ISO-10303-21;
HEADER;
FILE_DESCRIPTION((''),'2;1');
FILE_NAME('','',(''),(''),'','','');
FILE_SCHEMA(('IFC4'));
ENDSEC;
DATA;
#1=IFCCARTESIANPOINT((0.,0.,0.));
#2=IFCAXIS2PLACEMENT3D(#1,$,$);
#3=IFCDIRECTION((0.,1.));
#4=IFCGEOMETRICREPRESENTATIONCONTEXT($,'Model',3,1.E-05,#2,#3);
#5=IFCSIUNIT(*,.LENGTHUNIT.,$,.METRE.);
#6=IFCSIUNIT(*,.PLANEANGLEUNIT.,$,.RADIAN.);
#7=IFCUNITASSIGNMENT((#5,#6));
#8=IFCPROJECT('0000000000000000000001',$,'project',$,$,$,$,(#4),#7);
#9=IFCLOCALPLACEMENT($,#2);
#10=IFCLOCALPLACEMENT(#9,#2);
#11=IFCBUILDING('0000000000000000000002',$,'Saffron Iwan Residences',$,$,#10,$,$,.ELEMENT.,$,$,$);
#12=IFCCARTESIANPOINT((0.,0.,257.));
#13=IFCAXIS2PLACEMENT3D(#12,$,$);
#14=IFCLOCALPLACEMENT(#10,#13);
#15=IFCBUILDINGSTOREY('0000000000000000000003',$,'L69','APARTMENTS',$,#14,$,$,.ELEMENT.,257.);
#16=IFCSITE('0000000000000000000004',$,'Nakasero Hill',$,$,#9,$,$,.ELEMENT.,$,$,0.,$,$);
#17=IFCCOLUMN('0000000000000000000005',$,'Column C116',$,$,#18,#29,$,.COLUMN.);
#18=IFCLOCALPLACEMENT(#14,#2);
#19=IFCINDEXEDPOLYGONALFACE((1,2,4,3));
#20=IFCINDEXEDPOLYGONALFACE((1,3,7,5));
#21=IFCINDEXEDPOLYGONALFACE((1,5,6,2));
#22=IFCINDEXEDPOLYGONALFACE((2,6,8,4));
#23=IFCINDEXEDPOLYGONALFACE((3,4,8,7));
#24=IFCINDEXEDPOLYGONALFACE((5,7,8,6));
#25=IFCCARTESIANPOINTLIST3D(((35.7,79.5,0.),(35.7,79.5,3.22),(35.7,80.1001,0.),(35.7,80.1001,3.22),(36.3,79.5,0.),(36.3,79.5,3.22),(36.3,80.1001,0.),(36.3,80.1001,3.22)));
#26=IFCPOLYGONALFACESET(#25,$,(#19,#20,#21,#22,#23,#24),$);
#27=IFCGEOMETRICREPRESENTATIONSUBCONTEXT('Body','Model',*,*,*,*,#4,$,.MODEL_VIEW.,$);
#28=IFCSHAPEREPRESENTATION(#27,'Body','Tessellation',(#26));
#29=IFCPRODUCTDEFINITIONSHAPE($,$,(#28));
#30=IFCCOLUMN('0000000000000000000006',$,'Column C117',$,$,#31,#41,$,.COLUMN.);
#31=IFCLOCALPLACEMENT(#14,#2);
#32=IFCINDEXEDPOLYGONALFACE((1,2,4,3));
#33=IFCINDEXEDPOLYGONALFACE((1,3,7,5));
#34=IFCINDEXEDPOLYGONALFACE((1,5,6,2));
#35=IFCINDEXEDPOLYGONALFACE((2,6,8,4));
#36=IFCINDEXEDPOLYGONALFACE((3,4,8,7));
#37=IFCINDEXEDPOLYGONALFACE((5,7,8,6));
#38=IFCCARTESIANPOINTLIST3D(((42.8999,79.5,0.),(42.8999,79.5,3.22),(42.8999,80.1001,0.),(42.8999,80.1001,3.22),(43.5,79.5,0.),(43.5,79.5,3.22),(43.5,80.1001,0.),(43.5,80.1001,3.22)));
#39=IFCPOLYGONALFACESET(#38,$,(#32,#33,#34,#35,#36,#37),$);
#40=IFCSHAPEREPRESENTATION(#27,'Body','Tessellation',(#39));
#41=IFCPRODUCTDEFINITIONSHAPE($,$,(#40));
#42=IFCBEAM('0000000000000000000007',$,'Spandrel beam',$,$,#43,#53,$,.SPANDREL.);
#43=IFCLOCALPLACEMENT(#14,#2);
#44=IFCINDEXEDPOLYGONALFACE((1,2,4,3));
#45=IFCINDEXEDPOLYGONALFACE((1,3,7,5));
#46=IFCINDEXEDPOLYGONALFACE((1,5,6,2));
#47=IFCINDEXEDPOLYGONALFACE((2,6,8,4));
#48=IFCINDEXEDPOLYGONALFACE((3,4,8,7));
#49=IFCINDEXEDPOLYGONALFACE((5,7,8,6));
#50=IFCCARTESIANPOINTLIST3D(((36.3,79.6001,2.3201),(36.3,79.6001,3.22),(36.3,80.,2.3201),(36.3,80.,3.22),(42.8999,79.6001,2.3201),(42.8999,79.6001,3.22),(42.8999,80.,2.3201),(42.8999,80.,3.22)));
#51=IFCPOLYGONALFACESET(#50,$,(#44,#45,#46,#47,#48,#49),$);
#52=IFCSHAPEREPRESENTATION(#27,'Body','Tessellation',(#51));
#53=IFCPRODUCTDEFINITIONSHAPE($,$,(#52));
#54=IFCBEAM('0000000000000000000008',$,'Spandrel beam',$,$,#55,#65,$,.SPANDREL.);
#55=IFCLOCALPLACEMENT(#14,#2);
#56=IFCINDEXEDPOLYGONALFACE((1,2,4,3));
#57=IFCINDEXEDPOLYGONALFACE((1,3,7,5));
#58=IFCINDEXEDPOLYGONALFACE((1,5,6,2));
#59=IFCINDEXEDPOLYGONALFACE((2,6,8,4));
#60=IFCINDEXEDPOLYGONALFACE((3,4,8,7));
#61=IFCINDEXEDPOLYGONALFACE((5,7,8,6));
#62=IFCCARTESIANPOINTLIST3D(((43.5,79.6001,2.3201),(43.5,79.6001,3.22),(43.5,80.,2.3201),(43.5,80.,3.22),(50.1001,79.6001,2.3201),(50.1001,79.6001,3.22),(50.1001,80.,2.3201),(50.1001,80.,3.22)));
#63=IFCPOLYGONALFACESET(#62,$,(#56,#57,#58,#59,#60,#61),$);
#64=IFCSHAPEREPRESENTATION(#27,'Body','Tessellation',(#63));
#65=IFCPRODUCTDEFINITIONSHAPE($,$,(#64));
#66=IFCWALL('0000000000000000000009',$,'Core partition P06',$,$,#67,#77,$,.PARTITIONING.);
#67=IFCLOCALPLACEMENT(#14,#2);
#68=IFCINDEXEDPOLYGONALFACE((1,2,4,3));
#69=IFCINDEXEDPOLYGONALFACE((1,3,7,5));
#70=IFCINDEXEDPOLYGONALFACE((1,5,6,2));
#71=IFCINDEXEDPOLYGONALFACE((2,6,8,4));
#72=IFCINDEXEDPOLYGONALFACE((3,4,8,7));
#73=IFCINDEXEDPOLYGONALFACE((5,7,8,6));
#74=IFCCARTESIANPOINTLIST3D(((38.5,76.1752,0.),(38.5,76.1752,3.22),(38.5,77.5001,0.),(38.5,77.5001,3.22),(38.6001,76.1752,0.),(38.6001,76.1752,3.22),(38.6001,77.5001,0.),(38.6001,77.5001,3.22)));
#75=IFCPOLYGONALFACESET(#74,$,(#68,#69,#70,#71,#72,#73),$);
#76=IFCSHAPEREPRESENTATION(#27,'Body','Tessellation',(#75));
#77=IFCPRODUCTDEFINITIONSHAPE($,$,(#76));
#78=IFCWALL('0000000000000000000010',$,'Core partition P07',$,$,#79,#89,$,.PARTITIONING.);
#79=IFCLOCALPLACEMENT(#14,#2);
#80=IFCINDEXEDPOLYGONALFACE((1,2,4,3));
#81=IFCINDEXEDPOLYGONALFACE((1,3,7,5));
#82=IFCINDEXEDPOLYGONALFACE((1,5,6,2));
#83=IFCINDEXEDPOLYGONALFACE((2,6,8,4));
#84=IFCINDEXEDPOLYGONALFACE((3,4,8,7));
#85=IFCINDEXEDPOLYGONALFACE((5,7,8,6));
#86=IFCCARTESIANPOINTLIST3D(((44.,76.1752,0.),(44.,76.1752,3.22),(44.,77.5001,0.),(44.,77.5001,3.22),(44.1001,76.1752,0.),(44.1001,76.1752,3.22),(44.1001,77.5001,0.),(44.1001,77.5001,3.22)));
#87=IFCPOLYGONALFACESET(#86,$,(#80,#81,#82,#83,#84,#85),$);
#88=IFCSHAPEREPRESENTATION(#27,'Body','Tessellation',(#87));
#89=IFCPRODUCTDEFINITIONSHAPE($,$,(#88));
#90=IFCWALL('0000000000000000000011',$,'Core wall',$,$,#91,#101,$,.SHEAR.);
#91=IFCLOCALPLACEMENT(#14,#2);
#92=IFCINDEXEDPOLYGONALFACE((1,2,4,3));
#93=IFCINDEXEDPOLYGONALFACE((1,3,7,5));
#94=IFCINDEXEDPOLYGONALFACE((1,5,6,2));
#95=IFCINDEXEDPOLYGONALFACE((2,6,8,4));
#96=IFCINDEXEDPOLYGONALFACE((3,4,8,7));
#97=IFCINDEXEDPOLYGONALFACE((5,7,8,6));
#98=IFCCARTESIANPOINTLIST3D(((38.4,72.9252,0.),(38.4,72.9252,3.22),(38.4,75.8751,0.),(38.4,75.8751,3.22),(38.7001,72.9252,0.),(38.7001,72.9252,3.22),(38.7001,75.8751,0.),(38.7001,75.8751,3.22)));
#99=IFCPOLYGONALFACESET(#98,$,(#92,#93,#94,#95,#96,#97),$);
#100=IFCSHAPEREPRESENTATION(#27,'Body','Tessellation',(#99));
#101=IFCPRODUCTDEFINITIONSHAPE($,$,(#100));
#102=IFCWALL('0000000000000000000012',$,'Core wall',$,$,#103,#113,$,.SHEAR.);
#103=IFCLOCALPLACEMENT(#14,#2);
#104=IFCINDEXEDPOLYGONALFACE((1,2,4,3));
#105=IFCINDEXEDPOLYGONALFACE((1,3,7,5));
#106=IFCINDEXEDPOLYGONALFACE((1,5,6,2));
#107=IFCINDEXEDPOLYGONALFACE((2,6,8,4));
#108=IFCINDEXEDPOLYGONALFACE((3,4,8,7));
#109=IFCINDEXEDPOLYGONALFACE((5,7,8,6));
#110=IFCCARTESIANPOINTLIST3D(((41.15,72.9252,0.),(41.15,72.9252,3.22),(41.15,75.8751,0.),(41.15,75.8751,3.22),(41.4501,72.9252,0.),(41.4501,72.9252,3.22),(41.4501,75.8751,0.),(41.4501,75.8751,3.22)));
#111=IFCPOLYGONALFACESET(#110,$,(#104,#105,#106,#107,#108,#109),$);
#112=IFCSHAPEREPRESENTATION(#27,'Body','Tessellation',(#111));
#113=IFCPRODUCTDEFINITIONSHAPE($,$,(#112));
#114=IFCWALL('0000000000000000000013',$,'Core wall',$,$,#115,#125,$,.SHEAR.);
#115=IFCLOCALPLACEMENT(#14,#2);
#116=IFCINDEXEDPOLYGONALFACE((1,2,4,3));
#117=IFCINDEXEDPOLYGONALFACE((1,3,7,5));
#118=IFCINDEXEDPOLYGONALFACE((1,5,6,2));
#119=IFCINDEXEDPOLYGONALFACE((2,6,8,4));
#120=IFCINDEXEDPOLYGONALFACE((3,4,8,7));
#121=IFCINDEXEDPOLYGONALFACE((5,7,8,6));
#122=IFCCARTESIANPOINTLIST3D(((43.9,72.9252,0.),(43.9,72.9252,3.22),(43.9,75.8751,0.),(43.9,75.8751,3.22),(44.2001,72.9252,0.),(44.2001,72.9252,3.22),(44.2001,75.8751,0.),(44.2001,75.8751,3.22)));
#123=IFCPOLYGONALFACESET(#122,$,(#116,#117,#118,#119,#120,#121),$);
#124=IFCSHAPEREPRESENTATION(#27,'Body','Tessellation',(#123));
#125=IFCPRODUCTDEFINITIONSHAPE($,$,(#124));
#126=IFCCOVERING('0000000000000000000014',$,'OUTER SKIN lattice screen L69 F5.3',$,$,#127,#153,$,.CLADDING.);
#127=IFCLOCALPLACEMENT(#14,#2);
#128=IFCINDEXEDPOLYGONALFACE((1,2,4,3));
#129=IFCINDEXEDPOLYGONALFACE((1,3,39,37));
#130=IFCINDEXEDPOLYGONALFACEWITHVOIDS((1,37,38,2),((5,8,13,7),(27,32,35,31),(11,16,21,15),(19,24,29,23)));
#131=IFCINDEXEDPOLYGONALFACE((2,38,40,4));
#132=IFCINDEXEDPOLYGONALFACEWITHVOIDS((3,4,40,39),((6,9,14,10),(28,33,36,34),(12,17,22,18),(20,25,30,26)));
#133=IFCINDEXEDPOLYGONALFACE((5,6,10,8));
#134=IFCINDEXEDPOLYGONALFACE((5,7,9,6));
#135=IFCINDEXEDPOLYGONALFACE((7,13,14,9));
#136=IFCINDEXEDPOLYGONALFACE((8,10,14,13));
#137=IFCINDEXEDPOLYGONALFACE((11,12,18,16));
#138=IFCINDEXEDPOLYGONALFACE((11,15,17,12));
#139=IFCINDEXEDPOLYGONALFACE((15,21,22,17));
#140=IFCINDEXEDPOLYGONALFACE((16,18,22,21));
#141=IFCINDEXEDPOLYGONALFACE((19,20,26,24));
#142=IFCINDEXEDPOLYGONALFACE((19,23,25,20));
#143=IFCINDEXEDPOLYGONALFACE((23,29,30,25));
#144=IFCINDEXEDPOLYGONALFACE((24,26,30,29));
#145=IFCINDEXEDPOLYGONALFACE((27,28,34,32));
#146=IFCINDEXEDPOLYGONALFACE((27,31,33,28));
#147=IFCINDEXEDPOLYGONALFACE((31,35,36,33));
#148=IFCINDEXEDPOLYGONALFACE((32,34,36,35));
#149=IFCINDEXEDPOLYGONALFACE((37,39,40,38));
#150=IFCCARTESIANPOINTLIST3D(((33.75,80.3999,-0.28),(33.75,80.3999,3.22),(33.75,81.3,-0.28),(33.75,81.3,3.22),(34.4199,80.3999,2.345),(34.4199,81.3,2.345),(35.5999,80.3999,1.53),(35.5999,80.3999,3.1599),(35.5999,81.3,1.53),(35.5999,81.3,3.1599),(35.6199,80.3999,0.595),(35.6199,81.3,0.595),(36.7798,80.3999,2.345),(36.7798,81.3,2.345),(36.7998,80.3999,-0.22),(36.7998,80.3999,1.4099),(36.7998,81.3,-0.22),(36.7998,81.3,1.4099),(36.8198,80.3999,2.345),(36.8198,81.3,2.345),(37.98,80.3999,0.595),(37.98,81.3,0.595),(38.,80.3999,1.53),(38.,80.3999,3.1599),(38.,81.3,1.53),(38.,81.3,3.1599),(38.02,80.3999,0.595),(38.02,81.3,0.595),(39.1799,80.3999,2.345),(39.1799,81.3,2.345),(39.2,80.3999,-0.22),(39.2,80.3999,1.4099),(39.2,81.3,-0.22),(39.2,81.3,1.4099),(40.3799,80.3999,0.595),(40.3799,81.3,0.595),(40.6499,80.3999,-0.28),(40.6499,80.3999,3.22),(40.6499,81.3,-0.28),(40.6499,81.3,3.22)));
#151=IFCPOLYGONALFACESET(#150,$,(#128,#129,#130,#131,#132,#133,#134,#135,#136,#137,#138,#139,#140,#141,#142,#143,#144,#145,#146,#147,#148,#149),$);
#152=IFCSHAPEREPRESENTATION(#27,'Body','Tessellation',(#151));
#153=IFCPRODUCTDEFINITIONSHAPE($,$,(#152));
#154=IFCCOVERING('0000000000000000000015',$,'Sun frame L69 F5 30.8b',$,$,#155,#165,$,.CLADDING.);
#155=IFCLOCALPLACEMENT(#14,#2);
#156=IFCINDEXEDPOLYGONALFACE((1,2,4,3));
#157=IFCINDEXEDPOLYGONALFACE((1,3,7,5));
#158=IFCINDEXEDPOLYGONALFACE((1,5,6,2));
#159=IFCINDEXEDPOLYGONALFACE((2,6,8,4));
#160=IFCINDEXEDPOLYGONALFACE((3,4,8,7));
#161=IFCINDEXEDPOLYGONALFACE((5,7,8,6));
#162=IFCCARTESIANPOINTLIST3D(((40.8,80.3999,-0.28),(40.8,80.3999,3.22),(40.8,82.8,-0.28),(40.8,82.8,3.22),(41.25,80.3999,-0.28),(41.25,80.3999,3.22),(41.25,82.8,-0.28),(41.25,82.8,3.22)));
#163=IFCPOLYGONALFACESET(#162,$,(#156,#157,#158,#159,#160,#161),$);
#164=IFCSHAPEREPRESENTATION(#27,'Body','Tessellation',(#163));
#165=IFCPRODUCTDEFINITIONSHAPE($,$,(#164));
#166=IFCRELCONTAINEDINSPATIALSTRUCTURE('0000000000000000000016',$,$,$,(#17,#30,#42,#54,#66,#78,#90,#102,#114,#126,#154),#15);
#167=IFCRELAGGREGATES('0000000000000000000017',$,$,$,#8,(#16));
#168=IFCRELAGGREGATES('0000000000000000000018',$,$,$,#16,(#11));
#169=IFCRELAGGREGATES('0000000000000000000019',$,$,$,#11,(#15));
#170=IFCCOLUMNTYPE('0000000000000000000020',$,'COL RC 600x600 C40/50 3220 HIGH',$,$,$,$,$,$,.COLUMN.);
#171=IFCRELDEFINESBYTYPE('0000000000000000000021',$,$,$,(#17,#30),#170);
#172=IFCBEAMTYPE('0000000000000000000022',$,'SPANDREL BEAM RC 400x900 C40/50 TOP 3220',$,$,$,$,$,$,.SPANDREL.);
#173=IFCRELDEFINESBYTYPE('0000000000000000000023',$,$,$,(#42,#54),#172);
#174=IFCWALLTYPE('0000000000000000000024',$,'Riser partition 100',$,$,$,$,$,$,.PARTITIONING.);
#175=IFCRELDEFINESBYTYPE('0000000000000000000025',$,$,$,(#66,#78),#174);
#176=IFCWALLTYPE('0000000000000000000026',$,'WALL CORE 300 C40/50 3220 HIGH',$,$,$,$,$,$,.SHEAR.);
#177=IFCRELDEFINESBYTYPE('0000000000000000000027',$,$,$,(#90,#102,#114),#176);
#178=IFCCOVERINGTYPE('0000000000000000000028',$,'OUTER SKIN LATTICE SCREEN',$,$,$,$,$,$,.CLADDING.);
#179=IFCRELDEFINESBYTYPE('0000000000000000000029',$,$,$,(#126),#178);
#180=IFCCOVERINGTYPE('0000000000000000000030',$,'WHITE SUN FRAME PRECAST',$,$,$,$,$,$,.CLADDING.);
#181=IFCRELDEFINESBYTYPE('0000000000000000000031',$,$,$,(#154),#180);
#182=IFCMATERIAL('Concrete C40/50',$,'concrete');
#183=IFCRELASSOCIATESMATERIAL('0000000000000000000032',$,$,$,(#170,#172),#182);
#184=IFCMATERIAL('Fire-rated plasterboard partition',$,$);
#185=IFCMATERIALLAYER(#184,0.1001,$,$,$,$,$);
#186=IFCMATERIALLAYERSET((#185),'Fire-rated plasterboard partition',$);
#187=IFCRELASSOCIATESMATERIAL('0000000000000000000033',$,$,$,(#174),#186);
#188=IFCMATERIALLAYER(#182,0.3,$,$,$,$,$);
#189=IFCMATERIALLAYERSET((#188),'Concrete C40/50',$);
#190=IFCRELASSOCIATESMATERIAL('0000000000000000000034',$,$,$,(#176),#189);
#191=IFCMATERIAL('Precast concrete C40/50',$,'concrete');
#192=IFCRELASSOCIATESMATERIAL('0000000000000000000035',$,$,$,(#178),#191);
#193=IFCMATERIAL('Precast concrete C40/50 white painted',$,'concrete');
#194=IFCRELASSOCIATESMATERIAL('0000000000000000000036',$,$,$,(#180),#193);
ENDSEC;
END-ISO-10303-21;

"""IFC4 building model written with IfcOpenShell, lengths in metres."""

from ifc_helpers import new_model, si_unit, direction, frame, frame_2d, origin, origin_2d, place, context, subcontext, project, spatial, polyline, rectangle, outline, extrude, source, transform, mapped, material, layer, layer_set, material_profile, profile_set, type_object, element, save


model = new_model("IFC4")

# Units and contexts
model_context = context("Model", 3, precision=1e-05, world=origin(), true_north=direction((0.0, 1.0)))
body_context = subcontext(model_context, "Body", "Model", "MODEL_VIEW")
ifc_project = project(units=[si_unit("LENGTHUNIT", "METRE"), si_unit("PLANEANGLEUNIT", "RADIAN")], contexts=[model_context])

# Site, building, storey
site_placement = place(None, origin())
site = spatial("IfcSite", under=ifc_project, at=site_placement, Name="Nakasero Hill", CompositionType="ELEMENT", RefElevation=0.0)
building_placement = place(site_placement, origin())
building = spatial("IfcBuilding", under=site, at=building_placement, Name="Saffron Iwan Residences", CompositionType="ELEMENT")
storey_placement = place(building_placement, frame((0.0, 0.0, 257.0)))
storey = spatial("IfcBuildingStorey", under=building, at=storey_placement, Name="L69", Description="APARTMENTS", CompositionType="ELEMENT", Elevation=257.0)

# Columns
ifc_material_1 = material(Name="Concrete C40/50", Category="concrete")
ifc_material_profile_1 = material_profile(ifc_material_1, rectangle(XDim=0.6001, YDim=0.6001, at=origin_2d()), Name="RC 600x600")
ifc_profile_set_1 = profile_set([ifc_material_profile_1], Name="Concrete C40/50")
column_type = type_object("IfcColumnType", Name="COL RC 600x600 C40/50 3220 HIGH", PredefinedType="COLUMN", material=ifc_profile_set_1)
shared_shape_1 = source(origin(), body_context, "Body", "SweptSolid", [
    extrude(rectangle(XDim=0.6001, YDim=0.6001, at=origin_2d()), origin(), (0.0, 0.0, 1.0), 3.22),
])
for number, where, z_axis, x_axis, name in (
    (1, (36.0, 79.8, 0.0), (0.0, 0.0, 1.0), (1.0, 0.0, 0.0), "Column C116"),
    (2, (43.2, 79.8, 0.0), (0.0, 0.0, 1.0), (1.0, 0.0, 0.0), "Column C117"),
):
    element("IfcColumn", number, at=place(storey_placement, frame(where, z_axis=z_axis, x_axis=x_axis)), inside=storey, type_object=column_type, Name=name, PredefinedType="COLUMN", context=body_context, shape_type="MappedRepresentation", body=[
        mapped(shared_shape_1, transform((0.0, 0.0, 0.0))),
    ])

# Beams
ifc_material_profile_2 = material_profile(ifc_material_1, rectangle(XDim=0.3999, YDim=0.8999, at=origin_2d()), Name="RC 400x900")
ifc_profile_set_2 = profile_set([ifc_material_profile_2], Name="Concrete C40/50")
beam_type = type_object("IfcBeamType", Name="SPANDREL BEAM RC 400x900 C40/50 TOP 3220", PredefinedType="SPANDREL", material=ifc_profile_set_2)
shared_shape_2 = source(origin(), body_context, "Body", "SweptSolid", [
    extrude(rectangle(XDim=0.3999, YDim=0.8999, at=origin_2d()), origin(), (0.0, 0.0, 1.0), 6.5999),
])
beam_1_placement = place(storey_placement, frame((36.3, 79.8, 2.77), z_axis=(1.0, 0.0, 0.0), x_axis=(0.0, 1.0, 0.0)))
element("IfcBeam", 3, at=beam_1_placement, inside=storey, type_object=beam_type, Name="Spandrel beam", PredefinedType="SPANDREL", context=body_context, shape_type="MappedRepresentation", body=[
    mapped(shared_shape_2, transform((0.0, 0.0, 0.0))),
])
shared_shape_3 = source(origin(), body_context, "Body", "SweptSolid", [
    extrude(rectangle(XDim=0.3999, YDim=0.8999, at=origin_2d()), origin(), (0.0, 0.0, 1.0), 6.6001),
])
beam_2_placement = place(storey_placement, frame((43.5, 79.8, 2.77), z_axis=(1.0, 0.0, 0.0), x_axis=(0.0, 1.0, 0.0)))
element("IfcBeam", 4, at=beam_2_placement, inside=storey, type_object=beam_type, Name="Spandrel beam", PredefinedType="SPANDREL", context=body_context, shape_type="MappedRepresentation", body=[
    mapped(shared_shape_3, transform((0.0, 0.0, 0.0))),
])

# Walls
ifc_material_2 = material(Name="Fire-rated plasterboard partition")
ifc_layer_1 = layer(ifc_material_2, 0.1001)
ifc_layer_set_1 = layer_set([ifc_layer_1], Name="Fire-rated plasterboard partition")
wall_type_1 = type_object("IfcWallType", Name="Riser partition 100", PredefinedType="PARTITIONING", material=ifc_layer_set_1)
for number, where, z_axis, x_axis, name in (
    (5, (38.55, 76.175, 0.0), (0.0, 0.0, 1.0), (0.0, 1.0, 0.0), "Core partition P06"),
    (6, (44.05, 76.175, 0.0), (0.0, 0.0, 1.0), (0.0, 1.0, 0.0), "Core partition P07"),
):
    element("IfcWall", number, at=place(storey_placement, frame(where, z_axis=z_axis, x_axis=x_axis)), inside=storey, type_object=wall_type_1, Name=name, PredefinedType="PARTITIONING", context=body_context, shape_type="SweptSolid", body=[
        extrude(rectangle(XDim=1.325, YDim=0.1001, at=frame_2d((0.6626, 0.0))), origin(), (0.0, 0.0, 1.0), 3.22),
    ])
ifc_layer_2 = layer(ifc_material_1, 0.3)
ifc_layer_set_2 = layer_set([ifc_layer_2], Name="Concrete C40/50")
wall_type_2 = type_object("IfcWallType", Name="WALL CORE 300 C40/50 3220 HIGH", PredefinedType="SHEAR", material=ifc_layer_set_2)
for number, where, z_axis, x_axis, name in (
    (7, (38.55, 72.925, 0.0), (0.0, 0.0, 1.0), (0.0, 1.0, 0.0), "Core wall"),
    (8, (41.3, 72.925, 0.0), (0.0, 0.0, 1.0), (0.0, 1.0, 0.0), "Core wall"),
    (9, (44.05, 72.925, 0.0), (0.0, 0.0, 1.0), (0.0, 1.0, 0.0), "Core wall"),
):
    element("IfcWall", number, at=place(storey_placement, frame(where, z_axis=z_axis, x_axis=x_axis)), inside=storey, type_object=wall_type_2, Name=name, PredefinedType="SHEAR", context=body_context, shape_type="SweptSolid", body=[
        extrude(rectangle(XDim=2.95, YDim=0.3, at=frame_2d((1.4751, 0.0))), origin(), (0.0, 0.0, 1.0), 3.22),
    ])

# Coverings
ifc_material_3 = material(Name="Precast concrete C40/50", Category="concrete")
covering_type_1 = type_object("IfcCoveringType", Name="OUTER SKIN LATTICE SCREEN", PredefinedType="CLADDING", material=ifc_material_3)
covering_1_placement = place(storey_placement, frame((40.6499, 80.3999, -0.28), z_axis=(0.0, 1.0, 0.0), x_axis=(-1.0, 0.0, 0.0)))
element("IfcCovering", 10, at=covering_1_placement, inside=storey, type_object=covering_type_1, Name="OUTER SKIN lattice screen L69 F5.3", PredefinedType="CLADDING", context=body_context, shape_type="SweptSolid", body=[
    extrude(outline(polyline([(0.0, 0.0), (6.8999, 0.0), (6.8999, 3.5), (0.0, 3.5), (0.0, 0.0)]), holes=[polyline([(0.27, 0.875), (1.45, 0.0601), (2.6299, 0.875), (1.45, 1.6899), (0.27, 0.875)]), polyline([(2.6699, 0.875), (3.8501, 0.0601), (5.03, 0.875), (3.8501, 1.6899), (2.6699, 0.875)]), polyline([(1.47, 2.625), (2.6499, 1.8101), (3.8301, 2.625), (2.6499, 3.4399), (1.47, 2.625)]), polyline([(3.8701, 2.625), (5.05, 1.8101), (6.23, 2.625), (5.05, 3.4399), (3.8701, 2.625)])]), origin(), (0.0, 0.0, 1.0), 0.9001),
])
ifc_material_4 = material(Name="Precast concrete C40/50 white painted", Category="concrete")
covering_type_2 = type_object("IfcCoveringType", Name="WHITE SUN FRAME PRECAST", PredefinedType="CLADDING", material=ifc_material_4)
covering_2_placement = place(storey_placement, frame((41.25, 80.3999, -0.28), z_axis=(0.0, 1.0, 0.0), x_axis=(-1.0, 0.0, 0.0)))
element("IfcCovering", 11, at=covering_2_placement, inside=storey, type_object=covering_type_2, Name="Sun frame L69 F5 30.8b", PredefinedType="CLADDING", context=body_context, shape_type="SweptSolid", body=[
    extrude(outline(polyline([(0.0, 0.0), (0.45, 0.0), (0.45, 3.5), (0.0, 3.5), (0.0, 0.0)])), origin(), (0.0, 0.0, 1.0), 2.4001),
])

save(model, "model.ifc")
